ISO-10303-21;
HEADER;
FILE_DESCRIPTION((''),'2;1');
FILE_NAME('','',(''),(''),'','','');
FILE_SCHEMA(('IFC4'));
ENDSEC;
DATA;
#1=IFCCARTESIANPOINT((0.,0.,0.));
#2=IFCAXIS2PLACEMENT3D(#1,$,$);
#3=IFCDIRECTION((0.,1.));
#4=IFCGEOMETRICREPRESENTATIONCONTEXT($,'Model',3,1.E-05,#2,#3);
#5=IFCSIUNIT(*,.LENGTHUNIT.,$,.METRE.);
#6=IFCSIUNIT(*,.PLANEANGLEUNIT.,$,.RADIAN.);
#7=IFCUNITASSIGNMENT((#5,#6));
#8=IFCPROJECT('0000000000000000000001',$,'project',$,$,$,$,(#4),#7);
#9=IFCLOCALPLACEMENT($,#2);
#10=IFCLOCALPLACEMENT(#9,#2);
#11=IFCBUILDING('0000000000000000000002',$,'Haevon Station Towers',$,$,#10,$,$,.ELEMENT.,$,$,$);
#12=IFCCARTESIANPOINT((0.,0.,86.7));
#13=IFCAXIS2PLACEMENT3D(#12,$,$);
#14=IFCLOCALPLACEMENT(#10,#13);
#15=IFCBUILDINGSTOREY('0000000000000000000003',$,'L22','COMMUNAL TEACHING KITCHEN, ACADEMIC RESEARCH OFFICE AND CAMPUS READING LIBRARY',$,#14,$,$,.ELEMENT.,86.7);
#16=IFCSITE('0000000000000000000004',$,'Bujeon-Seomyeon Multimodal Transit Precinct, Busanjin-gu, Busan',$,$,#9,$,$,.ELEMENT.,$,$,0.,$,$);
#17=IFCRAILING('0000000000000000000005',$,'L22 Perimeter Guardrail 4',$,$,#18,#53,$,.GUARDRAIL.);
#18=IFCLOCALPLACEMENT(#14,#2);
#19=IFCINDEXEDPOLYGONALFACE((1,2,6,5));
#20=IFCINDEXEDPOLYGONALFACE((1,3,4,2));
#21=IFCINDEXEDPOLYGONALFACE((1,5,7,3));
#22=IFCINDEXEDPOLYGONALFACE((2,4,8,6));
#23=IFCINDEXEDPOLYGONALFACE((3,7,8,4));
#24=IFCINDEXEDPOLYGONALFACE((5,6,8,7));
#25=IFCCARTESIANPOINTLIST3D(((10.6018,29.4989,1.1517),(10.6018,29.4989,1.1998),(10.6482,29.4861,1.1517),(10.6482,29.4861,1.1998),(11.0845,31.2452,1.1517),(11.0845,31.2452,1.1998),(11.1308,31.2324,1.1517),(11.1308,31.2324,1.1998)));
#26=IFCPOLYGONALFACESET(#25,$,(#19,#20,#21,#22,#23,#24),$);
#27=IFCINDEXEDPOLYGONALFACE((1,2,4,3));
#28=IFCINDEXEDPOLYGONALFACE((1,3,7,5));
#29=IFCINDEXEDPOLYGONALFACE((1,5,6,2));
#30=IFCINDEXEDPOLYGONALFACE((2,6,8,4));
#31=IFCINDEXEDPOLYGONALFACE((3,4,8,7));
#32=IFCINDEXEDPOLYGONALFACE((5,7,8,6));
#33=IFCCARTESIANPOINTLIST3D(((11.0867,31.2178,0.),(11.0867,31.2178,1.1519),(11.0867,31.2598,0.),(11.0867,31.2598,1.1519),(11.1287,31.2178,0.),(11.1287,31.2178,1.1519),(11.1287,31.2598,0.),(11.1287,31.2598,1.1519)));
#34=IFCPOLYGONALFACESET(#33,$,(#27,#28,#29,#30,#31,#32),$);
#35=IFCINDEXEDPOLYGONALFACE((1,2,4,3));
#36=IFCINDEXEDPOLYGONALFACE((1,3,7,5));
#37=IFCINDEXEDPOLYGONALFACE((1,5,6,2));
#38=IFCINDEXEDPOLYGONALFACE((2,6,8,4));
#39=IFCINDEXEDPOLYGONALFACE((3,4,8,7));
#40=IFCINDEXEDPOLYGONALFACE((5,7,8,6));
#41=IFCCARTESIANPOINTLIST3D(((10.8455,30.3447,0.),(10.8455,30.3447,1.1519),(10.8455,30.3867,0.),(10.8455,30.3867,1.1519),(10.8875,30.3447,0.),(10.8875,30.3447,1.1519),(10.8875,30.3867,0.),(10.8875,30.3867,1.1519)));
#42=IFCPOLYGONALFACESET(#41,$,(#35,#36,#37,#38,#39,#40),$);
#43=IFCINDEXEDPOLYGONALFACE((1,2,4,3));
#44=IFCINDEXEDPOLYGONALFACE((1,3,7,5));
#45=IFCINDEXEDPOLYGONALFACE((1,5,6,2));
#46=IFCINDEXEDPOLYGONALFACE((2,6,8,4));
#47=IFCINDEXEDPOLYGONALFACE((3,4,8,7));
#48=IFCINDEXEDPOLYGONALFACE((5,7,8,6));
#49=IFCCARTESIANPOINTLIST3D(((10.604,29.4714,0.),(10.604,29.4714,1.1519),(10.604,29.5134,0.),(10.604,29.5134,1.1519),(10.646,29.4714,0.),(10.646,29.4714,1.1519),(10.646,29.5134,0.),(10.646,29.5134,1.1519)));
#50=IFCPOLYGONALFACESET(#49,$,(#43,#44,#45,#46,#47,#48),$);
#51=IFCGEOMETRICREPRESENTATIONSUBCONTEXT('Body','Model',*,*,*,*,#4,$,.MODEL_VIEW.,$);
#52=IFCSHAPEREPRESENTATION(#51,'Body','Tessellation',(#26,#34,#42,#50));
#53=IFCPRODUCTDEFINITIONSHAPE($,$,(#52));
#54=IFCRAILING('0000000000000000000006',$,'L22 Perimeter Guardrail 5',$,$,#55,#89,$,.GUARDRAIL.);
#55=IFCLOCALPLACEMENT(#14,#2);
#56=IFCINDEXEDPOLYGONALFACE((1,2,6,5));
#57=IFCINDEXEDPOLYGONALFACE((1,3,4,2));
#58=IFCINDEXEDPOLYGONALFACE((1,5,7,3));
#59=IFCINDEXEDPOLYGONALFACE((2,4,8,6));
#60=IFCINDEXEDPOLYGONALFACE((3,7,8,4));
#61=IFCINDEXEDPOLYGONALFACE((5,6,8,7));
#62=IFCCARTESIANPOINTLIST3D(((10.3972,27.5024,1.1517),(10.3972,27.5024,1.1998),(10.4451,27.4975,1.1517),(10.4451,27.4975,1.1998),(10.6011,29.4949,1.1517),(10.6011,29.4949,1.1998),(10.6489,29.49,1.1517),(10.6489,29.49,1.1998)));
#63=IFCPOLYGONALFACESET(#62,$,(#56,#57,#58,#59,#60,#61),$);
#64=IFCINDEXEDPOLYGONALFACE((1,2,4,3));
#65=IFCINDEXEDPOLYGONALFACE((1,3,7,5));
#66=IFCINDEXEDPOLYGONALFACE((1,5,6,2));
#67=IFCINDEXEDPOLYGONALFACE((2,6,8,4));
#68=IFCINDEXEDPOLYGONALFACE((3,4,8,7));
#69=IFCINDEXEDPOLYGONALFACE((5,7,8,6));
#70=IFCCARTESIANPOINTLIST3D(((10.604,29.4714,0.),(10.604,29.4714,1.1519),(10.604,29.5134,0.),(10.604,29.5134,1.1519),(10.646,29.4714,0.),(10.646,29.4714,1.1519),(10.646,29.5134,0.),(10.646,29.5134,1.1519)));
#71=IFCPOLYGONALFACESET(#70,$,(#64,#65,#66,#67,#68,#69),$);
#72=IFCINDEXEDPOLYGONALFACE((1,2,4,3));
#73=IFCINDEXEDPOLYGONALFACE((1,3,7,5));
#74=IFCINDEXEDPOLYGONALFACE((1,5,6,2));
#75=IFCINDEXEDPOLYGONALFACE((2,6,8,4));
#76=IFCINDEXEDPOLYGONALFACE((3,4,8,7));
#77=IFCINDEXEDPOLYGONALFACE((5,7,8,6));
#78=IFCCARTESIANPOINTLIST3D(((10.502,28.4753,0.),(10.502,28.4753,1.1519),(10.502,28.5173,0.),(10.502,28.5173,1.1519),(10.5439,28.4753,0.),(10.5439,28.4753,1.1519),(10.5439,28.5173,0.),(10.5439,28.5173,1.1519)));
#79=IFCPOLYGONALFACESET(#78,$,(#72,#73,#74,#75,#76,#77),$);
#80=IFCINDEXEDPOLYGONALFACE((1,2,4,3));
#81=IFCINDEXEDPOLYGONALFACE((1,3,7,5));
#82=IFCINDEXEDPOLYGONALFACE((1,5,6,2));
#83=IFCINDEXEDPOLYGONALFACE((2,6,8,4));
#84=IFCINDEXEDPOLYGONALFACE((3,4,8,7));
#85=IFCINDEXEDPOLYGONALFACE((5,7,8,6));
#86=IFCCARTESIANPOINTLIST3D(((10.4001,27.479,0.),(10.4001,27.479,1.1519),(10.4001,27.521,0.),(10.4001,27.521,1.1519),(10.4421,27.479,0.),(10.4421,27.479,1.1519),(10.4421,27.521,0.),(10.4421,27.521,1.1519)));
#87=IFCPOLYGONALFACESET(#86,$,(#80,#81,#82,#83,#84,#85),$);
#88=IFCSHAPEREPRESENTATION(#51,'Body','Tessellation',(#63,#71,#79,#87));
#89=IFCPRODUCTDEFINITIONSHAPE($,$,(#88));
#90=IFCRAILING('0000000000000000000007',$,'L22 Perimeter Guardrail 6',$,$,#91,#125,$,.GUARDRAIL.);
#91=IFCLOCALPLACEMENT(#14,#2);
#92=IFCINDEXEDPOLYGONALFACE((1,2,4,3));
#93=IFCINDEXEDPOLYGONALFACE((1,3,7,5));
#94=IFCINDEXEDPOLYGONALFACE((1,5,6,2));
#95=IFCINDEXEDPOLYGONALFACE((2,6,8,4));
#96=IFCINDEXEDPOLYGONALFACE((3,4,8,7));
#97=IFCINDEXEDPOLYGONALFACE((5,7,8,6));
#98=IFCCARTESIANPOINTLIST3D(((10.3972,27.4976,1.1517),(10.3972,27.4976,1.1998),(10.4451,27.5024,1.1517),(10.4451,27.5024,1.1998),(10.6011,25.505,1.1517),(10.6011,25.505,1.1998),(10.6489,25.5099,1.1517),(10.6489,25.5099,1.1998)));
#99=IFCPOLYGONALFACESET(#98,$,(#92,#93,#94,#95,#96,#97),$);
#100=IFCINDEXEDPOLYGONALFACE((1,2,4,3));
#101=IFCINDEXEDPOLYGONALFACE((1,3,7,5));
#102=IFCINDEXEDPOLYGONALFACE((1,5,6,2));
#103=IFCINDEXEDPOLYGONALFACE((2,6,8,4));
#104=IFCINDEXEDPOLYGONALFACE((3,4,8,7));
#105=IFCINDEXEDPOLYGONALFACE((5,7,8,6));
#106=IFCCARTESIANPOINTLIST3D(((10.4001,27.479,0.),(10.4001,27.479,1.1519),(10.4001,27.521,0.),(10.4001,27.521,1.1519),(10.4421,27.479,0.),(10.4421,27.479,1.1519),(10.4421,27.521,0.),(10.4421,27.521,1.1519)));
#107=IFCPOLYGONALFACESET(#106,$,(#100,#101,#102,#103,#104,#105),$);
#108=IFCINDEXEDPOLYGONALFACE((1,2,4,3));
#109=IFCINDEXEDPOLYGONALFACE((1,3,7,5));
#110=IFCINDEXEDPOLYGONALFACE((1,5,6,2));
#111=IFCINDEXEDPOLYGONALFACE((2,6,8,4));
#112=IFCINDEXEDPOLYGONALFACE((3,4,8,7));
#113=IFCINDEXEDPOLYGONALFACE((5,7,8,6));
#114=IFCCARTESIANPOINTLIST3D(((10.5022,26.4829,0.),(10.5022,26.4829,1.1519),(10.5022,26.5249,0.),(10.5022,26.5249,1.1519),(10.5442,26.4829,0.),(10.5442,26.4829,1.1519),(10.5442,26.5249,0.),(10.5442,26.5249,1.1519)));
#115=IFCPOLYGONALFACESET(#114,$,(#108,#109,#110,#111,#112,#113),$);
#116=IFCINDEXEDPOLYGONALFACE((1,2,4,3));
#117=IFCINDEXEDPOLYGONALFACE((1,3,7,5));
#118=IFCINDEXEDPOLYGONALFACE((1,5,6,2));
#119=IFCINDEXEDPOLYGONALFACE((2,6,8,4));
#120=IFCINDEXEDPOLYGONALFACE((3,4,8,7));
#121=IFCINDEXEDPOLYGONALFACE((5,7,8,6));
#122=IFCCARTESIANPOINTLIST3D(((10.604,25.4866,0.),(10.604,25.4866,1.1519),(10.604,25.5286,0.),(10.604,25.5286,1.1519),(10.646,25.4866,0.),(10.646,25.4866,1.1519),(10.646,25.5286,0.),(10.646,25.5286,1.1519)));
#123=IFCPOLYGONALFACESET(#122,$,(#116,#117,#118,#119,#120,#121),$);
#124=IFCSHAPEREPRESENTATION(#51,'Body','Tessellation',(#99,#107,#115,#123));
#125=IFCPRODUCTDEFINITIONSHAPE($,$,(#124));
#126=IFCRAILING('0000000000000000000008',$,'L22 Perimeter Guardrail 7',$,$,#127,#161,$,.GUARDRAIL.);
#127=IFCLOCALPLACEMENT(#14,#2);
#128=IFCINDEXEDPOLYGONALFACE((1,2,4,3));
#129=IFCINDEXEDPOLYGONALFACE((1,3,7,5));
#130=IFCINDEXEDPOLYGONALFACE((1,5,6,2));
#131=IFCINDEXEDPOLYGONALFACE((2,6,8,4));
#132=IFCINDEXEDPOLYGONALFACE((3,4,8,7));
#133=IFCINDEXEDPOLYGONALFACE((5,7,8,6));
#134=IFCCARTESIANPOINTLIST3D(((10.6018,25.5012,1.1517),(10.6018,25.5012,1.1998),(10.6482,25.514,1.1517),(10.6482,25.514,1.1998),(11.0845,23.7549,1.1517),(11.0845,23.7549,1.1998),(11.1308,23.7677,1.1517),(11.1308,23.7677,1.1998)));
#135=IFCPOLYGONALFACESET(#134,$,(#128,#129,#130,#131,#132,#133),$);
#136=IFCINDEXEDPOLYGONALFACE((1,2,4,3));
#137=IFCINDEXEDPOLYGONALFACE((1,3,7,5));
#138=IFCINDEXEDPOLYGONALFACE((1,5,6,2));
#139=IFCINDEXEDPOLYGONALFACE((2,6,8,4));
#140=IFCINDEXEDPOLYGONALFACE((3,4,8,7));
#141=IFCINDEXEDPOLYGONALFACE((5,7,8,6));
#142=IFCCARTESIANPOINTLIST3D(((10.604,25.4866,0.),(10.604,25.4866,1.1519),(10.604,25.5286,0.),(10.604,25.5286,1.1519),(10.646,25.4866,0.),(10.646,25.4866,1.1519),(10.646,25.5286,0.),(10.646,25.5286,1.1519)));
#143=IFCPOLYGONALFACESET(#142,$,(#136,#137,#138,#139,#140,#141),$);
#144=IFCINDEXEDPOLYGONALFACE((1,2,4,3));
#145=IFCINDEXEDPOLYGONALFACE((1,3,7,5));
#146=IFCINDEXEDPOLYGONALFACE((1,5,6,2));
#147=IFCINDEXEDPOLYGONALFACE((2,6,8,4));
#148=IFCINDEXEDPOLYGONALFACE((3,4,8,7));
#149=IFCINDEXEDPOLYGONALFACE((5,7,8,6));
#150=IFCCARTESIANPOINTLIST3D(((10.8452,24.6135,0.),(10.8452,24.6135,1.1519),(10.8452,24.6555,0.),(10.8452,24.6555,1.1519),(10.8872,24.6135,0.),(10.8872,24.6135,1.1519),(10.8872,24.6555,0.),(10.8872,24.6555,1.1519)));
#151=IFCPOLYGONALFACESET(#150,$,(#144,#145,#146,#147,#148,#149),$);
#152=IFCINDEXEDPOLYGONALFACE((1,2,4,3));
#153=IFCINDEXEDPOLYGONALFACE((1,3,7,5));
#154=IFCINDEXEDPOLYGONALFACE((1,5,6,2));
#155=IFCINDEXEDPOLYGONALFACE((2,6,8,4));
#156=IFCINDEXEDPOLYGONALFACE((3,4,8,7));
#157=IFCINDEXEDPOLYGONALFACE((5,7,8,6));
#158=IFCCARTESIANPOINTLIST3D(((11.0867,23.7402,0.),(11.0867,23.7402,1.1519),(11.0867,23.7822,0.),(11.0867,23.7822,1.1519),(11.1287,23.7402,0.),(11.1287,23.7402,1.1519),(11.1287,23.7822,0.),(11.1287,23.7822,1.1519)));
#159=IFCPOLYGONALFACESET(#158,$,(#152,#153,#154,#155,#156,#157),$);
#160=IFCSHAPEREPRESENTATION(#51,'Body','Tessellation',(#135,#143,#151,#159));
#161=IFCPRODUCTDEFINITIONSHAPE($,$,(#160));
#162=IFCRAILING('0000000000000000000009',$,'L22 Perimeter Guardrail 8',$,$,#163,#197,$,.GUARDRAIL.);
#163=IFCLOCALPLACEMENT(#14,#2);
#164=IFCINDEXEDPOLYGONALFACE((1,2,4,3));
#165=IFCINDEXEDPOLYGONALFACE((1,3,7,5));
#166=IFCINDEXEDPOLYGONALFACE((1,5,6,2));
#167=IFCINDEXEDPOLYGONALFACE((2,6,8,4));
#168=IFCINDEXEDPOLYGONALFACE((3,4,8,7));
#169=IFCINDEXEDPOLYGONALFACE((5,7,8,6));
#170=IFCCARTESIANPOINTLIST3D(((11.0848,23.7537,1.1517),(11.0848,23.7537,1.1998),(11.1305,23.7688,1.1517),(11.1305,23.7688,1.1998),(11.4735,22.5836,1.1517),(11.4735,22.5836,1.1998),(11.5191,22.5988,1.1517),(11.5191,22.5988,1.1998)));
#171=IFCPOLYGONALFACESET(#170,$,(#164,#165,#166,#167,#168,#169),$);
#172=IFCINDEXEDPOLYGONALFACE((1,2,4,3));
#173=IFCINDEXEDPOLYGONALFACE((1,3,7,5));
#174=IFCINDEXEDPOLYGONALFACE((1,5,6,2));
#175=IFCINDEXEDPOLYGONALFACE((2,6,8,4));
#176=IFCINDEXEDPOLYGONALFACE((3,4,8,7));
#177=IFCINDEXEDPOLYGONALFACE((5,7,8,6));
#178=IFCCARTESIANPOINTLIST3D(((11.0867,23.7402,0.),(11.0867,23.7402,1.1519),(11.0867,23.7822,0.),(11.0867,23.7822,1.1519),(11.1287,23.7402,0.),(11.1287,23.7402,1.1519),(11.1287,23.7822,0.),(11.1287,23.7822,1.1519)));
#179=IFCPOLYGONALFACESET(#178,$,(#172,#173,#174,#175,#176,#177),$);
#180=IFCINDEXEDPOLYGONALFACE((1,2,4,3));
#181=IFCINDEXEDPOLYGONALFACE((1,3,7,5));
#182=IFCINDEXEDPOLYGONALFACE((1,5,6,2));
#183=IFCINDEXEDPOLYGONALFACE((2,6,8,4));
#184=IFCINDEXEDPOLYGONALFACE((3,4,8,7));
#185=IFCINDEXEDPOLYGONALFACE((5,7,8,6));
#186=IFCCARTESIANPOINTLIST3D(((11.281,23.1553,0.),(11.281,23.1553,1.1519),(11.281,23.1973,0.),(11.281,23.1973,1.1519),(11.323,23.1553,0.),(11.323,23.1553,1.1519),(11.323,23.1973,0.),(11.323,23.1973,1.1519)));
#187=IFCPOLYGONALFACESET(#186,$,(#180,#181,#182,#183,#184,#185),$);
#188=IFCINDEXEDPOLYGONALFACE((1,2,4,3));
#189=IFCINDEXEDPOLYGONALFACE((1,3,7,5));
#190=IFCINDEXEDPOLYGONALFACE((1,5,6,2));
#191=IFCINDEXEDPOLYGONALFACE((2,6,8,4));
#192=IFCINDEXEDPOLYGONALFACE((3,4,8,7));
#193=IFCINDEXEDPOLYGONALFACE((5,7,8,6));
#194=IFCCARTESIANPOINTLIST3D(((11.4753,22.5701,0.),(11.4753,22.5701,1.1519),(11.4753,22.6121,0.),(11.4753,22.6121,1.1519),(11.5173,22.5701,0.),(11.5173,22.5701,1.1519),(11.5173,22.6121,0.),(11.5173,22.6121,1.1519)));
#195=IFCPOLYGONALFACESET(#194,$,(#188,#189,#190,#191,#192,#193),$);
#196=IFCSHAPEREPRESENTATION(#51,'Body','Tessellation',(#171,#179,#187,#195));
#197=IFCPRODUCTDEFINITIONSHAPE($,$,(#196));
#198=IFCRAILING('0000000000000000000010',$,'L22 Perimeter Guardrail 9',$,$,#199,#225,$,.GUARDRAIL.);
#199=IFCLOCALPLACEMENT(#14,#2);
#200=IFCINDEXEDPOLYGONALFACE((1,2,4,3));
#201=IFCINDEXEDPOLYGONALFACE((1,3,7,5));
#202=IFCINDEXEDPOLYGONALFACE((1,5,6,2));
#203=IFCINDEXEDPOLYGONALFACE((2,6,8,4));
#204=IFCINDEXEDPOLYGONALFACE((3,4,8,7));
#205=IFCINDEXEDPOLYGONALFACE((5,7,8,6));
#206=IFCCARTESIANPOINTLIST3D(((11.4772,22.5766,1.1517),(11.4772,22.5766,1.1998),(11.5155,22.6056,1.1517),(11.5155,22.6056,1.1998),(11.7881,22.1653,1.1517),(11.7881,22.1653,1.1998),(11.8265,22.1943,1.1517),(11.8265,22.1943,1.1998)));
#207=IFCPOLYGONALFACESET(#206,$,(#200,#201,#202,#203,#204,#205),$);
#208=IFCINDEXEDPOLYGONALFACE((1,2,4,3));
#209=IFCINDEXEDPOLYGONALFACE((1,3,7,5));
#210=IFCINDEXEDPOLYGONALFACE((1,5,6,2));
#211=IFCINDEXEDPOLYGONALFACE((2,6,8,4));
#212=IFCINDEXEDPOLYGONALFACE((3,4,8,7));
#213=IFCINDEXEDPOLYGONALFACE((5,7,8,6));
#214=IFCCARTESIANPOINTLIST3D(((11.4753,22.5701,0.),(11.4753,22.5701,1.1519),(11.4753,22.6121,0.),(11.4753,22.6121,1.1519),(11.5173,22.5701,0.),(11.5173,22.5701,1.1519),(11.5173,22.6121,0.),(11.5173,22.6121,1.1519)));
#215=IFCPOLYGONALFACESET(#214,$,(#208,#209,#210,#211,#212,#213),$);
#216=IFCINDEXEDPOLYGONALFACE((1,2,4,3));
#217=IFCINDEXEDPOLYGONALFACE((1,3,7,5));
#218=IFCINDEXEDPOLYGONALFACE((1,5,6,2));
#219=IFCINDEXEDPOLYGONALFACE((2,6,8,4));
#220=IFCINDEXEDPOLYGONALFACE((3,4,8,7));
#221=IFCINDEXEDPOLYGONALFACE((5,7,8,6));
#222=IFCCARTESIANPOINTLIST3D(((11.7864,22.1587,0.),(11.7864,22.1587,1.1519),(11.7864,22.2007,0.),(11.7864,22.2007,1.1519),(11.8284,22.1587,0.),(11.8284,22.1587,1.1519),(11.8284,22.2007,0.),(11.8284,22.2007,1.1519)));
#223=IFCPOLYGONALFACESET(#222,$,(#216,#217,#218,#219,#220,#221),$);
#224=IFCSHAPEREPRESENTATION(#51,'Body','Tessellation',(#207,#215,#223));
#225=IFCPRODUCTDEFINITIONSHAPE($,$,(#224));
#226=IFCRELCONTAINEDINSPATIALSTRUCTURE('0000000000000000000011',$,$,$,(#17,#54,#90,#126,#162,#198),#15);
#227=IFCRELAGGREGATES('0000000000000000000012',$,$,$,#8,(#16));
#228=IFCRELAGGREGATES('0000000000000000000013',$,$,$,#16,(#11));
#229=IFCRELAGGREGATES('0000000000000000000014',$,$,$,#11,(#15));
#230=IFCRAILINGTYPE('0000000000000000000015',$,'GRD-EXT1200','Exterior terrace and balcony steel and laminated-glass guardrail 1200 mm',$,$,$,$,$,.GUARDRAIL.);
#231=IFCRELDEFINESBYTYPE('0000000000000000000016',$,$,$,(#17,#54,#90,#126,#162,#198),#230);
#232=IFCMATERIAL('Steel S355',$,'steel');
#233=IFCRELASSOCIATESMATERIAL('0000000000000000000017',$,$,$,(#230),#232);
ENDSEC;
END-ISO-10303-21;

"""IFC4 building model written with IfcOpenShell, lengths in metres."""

from ifc_helpers import new_model, si_unit, direction, frame, origin, origin_2d, place, context, subcontext, project, spatial, rectangle, extrude, material, type_object, element, save


model = new_model("IFC4")

# Units and contexts
model_context = context("Model", 3, precision=1e-05, world=origin(), true_north=direction((0.0, 1.0)))
body_context = subcontext(model_context, "Body", "Model", "MODEL_VIEW")
ifc_project = project(units=[si_unit("LENGTHUNIT", "METRE"), si_unit("PLANEANGLEUNIT", "RADIAN")], contexts=[model_context])

# Site, building, storey
site_placement = place(None, origin())
site = spatial("IfcSite", under=ifc_project, at=site_placement, Name="Bujeon-Seomyeon Multimodal Transit Precinct, Busanjin-gu, Busan", CompositionType="ELEMENT", RefElevation=0.0)
building_placement = place(site_placement, origin())
building = spatial("IfcBuilding", under=site, at=building_placement, Name="Haevon Station Towers", CompositionType="ELEMENT")
storey_placement = place(building_placement, frame((0.0, 0.0, 86.7)))
storey = spatial("IfcBuildingStorey", under=building, at=storey_placement, Name="L22", Description="COMMUNAL TEACHING KITCHEN, ACADEMIC RESEARCH OFFICE AND CAMPUS READING LIBRARY", CompositionType="ELEMENT", Elevation=86.7)

# Shared definitions
ifc_material_1 = material(Name="Steel S355", Category="steel")

# Railings
railing_type = type_object("IfcRailingType", Name="GRD-EXT1200", Description="Exterior terrace and balcony steel and laminated-glass guardrail 1200 mm", PredefinedType="GUARDRAIL", material=ifc_material_1)
railing_1_placement = place(storey_placement, frame((11.1077, 31.2388, 0.0)))
element("IfcRailing", 1, at=railing_1_placement, inside=storey, type_object=railing_type, Name="L22 Perimeter Guardrail 4", PredefinedType="GUARDRAIL", context=body_context, shape_type="SweptSolid", body=[
    extrude(rectangle(XDim=0.0481, YDim=0.0481, at=origin_2d()), frame((0.0, 0.0, 1.1758), z_axis=(-0.2664, -0.963863, 0.0), x_axis=(0.963863, -0.2664, 0.0)), (0.0, 0.0, 1.0), 1.8118),
    extrude(rectangle(XDim=0.042, YDim=0.042, at=origin_2d()), origin(), (0.0, 0.0, 1.0), 1.1519),
    extrude(rectangle(XDim=0.042, YDim=0.042, at=origin_2d()), frame((-0.2412, -0.873, 0.0)), (0.0, 0.0, 1.0), 1.1519),
    extrude(rectangle(XDim=0.042, YDim=0.042, at=origin_2d()), frame((-0.4827, -1.7463, 0.0)), (0.0, 0.0, 1.0), 1.1519),
])
railing_2_placement = place(storey_placement, frame((10.625, 29.4924, 0.0)))
element("IfcRailing", 2, at=railing_2_placement, inside=storey, type_object=railing_type, Name="L22 Perimeter Guardrail 5", PredefinedType="GUARDRAIL", context=body_context, shape_type="SweptSolid", body=[
    extrude(rectangle(XDim=0.0481, YDim=0.0481, at=origin_2d()), frame((0.0, 0.0, 1.1758), z_axis=(-0.101785, -0.994806, 0.0), x_axis=(0.994806, -0.101785, 0.0)), (0.0, 0.0, 1.0), 2.0029),
    extrude(rectangle(XDim=0.042, YDim=0.042, at=origin_2d()), origin(), (0.0, 0.0, 1.0), 1.1519),
    extrude(rectangle(XDim=0.042, YDim=0.042, at=origin_2d()), frame((-0.1021, -0.9961, 0.0)), (0.0, 0.0, 1.0), 1.1519),
    extrude(rectangle(XDim=0.042, YDim=0.042, at=origin_2d()), frame((-0.2039, -1.9924, 0.0)), (0.0, 0.0, 1.0), 1.1519),
])
railing_3_placement = place(storey_placement, frame((10.4211, 27.5, 0.0)))
element("IfcRailing", 3, at=railing_3_placement, inside=storey, type_object=railing_type, Name="L22 Perimeter Guardrail 6", PredefinedType="GUARDRAIL", context=body_context, shape_type="SweptSolid", body=[
    extrude(rectangle(XDim=0.0481, YDim=0.0481, at=origin_2d()), frame((0.0, 0.0, 1.1758), z_axis=(0.101785, -0.994806, 0.0), x_axis=(0.994806, 0.101785, 0.0)), (0.0, 0.0, 1.0), 2.0029),
    extrude(rectangle(XDim=0.042, YDim=0.042, at=origin_2d()), origin(), (0.0, 0.0, 1.0), 1.1519),
    extrude(rectangle(XDim=0.042, YDim=0.042, at=origin_2d()), frame((0.1021, -0.9961, 0.0)), (0.0, 0.0, 1.0), 1.1519),
    extrude(rectangle(XDim=0.042, YDim=0.042, at=origin_2d()), frame((0.2039, -1.9924, 0.0)), (0.0, 0.0, 1.0), 1.1519),
])
railing_4_placement = place(storey_placement, frame((10.625, 25.5076, 0.0)))
element("IfcRailing", 4, at=railing_4_placement, inside=storey, type_object=railing_type, Name="L22 Perimeter Guardrail 7", PredefinedType="GUARDRAIL", context=body_context, shape_type="SweptSolid", body=[
    extrude(rectangle(XDim=0.0481, YDim=0.0481, at=origin_2d()), frame((0.0, 0.0, 1.1758), z_axis=(0.2664, -0.963863, 0.0), x_axis=(0.963863, 0.2664, 0.0)), (0.0, 0.0, 1.0), 1.8118),
    extrude(rectangle(XDim=0.042, YDim=0.042, at=origin_2d()), origin(), (0.0, 0.0, 1.0), 1.1519),
    extrude(rectangle(XDim=0.042, YDim=0.042, at=origin_2d()), frame((0.2412, -0.873, 0.0)), (0.0, 0.0, 1.0), 1.1519),
    extrude(rectangle(XDim=0.042, YDim=0.042, at=origin_2d()), frame((0.4827, -1.7463, 0.0)), (0.0, 0.0, 1.0), 1.1519),
])
railing_5_placement = place(storey_placement, frame((11.1077, 23.7612, 0.0)))
element("IfcRailing", 5, at=railing_5_placement, inside=storey, type_object=railing_type, Name="L22 Perimeter Guardrail 8", PredefinedType="GUARDRAIL", context=body_context, shape_type="SweptSolid", body=[
    extrude(rectangle(XDim=0.0481, YDim=0.0481, at=origin_2d()), frame((0.0, 0.0, 1.1758), z_axis=(0.315218, -0.949019, 0.0), x_axis=(0.949019, 0.315218, 0.0)), (0.0, 0.0, 1.0), 1.2329),
    extrude(rectangle(XDim=0.042, YDim=0.042, at=origin_2d()), origin(), (0.0, 0.0, 1.0), 1.1519),
    extrude(rectangle(XDim=0.042, YDim=0.042, at=origin_2d()), frame((0.1943, -0.585, 0.0)), (0.0, 0.0, 1.0), 1.1519),
    extrude(rectangle(XDim=0.042, YDim=0.042, at=origin_2d()), frame((0.3887, -1.1702, 0.0)), (0.0, 0.0, 1.0), 1.1519),
])
railing_6_placement = place(storey_placement, frame((11.4963, 22.5911, 0.0)))
element("IfcRailing", 6, at=railing_6_placement, inside=storey, type_object=railing_type, Name="L22 Perimeter Guardrail 9", PredefinedType="GUARDRAIL", context=body_context, shape_type="SweptSolid", body=[
    extrude(rectangle(XDim=0.0481, YDim=0.0481, at=origin_2d()), frame((0.0, 0.0, 1.1758), z_axis=(0.603101, -0.797665, 0.0), x_axis=(0.797665, 0.603101, 0.0)), (0.0, 0.0, 1.0), 0.5156),
    extrude(rectangle(XDim=0.042, YDim=0.042, at=origin_2d()), origin(), (0.0, 0.0, 1.0), 1.1519),
    extrude(rectangle(XDim=0.042, YDim=0.042, at=origin_2d()), frame((0.311, -0.4114, 0.0)), (0.0, 0.0, 1.0), 1.1519),
])

save(model, "model.ifc")
